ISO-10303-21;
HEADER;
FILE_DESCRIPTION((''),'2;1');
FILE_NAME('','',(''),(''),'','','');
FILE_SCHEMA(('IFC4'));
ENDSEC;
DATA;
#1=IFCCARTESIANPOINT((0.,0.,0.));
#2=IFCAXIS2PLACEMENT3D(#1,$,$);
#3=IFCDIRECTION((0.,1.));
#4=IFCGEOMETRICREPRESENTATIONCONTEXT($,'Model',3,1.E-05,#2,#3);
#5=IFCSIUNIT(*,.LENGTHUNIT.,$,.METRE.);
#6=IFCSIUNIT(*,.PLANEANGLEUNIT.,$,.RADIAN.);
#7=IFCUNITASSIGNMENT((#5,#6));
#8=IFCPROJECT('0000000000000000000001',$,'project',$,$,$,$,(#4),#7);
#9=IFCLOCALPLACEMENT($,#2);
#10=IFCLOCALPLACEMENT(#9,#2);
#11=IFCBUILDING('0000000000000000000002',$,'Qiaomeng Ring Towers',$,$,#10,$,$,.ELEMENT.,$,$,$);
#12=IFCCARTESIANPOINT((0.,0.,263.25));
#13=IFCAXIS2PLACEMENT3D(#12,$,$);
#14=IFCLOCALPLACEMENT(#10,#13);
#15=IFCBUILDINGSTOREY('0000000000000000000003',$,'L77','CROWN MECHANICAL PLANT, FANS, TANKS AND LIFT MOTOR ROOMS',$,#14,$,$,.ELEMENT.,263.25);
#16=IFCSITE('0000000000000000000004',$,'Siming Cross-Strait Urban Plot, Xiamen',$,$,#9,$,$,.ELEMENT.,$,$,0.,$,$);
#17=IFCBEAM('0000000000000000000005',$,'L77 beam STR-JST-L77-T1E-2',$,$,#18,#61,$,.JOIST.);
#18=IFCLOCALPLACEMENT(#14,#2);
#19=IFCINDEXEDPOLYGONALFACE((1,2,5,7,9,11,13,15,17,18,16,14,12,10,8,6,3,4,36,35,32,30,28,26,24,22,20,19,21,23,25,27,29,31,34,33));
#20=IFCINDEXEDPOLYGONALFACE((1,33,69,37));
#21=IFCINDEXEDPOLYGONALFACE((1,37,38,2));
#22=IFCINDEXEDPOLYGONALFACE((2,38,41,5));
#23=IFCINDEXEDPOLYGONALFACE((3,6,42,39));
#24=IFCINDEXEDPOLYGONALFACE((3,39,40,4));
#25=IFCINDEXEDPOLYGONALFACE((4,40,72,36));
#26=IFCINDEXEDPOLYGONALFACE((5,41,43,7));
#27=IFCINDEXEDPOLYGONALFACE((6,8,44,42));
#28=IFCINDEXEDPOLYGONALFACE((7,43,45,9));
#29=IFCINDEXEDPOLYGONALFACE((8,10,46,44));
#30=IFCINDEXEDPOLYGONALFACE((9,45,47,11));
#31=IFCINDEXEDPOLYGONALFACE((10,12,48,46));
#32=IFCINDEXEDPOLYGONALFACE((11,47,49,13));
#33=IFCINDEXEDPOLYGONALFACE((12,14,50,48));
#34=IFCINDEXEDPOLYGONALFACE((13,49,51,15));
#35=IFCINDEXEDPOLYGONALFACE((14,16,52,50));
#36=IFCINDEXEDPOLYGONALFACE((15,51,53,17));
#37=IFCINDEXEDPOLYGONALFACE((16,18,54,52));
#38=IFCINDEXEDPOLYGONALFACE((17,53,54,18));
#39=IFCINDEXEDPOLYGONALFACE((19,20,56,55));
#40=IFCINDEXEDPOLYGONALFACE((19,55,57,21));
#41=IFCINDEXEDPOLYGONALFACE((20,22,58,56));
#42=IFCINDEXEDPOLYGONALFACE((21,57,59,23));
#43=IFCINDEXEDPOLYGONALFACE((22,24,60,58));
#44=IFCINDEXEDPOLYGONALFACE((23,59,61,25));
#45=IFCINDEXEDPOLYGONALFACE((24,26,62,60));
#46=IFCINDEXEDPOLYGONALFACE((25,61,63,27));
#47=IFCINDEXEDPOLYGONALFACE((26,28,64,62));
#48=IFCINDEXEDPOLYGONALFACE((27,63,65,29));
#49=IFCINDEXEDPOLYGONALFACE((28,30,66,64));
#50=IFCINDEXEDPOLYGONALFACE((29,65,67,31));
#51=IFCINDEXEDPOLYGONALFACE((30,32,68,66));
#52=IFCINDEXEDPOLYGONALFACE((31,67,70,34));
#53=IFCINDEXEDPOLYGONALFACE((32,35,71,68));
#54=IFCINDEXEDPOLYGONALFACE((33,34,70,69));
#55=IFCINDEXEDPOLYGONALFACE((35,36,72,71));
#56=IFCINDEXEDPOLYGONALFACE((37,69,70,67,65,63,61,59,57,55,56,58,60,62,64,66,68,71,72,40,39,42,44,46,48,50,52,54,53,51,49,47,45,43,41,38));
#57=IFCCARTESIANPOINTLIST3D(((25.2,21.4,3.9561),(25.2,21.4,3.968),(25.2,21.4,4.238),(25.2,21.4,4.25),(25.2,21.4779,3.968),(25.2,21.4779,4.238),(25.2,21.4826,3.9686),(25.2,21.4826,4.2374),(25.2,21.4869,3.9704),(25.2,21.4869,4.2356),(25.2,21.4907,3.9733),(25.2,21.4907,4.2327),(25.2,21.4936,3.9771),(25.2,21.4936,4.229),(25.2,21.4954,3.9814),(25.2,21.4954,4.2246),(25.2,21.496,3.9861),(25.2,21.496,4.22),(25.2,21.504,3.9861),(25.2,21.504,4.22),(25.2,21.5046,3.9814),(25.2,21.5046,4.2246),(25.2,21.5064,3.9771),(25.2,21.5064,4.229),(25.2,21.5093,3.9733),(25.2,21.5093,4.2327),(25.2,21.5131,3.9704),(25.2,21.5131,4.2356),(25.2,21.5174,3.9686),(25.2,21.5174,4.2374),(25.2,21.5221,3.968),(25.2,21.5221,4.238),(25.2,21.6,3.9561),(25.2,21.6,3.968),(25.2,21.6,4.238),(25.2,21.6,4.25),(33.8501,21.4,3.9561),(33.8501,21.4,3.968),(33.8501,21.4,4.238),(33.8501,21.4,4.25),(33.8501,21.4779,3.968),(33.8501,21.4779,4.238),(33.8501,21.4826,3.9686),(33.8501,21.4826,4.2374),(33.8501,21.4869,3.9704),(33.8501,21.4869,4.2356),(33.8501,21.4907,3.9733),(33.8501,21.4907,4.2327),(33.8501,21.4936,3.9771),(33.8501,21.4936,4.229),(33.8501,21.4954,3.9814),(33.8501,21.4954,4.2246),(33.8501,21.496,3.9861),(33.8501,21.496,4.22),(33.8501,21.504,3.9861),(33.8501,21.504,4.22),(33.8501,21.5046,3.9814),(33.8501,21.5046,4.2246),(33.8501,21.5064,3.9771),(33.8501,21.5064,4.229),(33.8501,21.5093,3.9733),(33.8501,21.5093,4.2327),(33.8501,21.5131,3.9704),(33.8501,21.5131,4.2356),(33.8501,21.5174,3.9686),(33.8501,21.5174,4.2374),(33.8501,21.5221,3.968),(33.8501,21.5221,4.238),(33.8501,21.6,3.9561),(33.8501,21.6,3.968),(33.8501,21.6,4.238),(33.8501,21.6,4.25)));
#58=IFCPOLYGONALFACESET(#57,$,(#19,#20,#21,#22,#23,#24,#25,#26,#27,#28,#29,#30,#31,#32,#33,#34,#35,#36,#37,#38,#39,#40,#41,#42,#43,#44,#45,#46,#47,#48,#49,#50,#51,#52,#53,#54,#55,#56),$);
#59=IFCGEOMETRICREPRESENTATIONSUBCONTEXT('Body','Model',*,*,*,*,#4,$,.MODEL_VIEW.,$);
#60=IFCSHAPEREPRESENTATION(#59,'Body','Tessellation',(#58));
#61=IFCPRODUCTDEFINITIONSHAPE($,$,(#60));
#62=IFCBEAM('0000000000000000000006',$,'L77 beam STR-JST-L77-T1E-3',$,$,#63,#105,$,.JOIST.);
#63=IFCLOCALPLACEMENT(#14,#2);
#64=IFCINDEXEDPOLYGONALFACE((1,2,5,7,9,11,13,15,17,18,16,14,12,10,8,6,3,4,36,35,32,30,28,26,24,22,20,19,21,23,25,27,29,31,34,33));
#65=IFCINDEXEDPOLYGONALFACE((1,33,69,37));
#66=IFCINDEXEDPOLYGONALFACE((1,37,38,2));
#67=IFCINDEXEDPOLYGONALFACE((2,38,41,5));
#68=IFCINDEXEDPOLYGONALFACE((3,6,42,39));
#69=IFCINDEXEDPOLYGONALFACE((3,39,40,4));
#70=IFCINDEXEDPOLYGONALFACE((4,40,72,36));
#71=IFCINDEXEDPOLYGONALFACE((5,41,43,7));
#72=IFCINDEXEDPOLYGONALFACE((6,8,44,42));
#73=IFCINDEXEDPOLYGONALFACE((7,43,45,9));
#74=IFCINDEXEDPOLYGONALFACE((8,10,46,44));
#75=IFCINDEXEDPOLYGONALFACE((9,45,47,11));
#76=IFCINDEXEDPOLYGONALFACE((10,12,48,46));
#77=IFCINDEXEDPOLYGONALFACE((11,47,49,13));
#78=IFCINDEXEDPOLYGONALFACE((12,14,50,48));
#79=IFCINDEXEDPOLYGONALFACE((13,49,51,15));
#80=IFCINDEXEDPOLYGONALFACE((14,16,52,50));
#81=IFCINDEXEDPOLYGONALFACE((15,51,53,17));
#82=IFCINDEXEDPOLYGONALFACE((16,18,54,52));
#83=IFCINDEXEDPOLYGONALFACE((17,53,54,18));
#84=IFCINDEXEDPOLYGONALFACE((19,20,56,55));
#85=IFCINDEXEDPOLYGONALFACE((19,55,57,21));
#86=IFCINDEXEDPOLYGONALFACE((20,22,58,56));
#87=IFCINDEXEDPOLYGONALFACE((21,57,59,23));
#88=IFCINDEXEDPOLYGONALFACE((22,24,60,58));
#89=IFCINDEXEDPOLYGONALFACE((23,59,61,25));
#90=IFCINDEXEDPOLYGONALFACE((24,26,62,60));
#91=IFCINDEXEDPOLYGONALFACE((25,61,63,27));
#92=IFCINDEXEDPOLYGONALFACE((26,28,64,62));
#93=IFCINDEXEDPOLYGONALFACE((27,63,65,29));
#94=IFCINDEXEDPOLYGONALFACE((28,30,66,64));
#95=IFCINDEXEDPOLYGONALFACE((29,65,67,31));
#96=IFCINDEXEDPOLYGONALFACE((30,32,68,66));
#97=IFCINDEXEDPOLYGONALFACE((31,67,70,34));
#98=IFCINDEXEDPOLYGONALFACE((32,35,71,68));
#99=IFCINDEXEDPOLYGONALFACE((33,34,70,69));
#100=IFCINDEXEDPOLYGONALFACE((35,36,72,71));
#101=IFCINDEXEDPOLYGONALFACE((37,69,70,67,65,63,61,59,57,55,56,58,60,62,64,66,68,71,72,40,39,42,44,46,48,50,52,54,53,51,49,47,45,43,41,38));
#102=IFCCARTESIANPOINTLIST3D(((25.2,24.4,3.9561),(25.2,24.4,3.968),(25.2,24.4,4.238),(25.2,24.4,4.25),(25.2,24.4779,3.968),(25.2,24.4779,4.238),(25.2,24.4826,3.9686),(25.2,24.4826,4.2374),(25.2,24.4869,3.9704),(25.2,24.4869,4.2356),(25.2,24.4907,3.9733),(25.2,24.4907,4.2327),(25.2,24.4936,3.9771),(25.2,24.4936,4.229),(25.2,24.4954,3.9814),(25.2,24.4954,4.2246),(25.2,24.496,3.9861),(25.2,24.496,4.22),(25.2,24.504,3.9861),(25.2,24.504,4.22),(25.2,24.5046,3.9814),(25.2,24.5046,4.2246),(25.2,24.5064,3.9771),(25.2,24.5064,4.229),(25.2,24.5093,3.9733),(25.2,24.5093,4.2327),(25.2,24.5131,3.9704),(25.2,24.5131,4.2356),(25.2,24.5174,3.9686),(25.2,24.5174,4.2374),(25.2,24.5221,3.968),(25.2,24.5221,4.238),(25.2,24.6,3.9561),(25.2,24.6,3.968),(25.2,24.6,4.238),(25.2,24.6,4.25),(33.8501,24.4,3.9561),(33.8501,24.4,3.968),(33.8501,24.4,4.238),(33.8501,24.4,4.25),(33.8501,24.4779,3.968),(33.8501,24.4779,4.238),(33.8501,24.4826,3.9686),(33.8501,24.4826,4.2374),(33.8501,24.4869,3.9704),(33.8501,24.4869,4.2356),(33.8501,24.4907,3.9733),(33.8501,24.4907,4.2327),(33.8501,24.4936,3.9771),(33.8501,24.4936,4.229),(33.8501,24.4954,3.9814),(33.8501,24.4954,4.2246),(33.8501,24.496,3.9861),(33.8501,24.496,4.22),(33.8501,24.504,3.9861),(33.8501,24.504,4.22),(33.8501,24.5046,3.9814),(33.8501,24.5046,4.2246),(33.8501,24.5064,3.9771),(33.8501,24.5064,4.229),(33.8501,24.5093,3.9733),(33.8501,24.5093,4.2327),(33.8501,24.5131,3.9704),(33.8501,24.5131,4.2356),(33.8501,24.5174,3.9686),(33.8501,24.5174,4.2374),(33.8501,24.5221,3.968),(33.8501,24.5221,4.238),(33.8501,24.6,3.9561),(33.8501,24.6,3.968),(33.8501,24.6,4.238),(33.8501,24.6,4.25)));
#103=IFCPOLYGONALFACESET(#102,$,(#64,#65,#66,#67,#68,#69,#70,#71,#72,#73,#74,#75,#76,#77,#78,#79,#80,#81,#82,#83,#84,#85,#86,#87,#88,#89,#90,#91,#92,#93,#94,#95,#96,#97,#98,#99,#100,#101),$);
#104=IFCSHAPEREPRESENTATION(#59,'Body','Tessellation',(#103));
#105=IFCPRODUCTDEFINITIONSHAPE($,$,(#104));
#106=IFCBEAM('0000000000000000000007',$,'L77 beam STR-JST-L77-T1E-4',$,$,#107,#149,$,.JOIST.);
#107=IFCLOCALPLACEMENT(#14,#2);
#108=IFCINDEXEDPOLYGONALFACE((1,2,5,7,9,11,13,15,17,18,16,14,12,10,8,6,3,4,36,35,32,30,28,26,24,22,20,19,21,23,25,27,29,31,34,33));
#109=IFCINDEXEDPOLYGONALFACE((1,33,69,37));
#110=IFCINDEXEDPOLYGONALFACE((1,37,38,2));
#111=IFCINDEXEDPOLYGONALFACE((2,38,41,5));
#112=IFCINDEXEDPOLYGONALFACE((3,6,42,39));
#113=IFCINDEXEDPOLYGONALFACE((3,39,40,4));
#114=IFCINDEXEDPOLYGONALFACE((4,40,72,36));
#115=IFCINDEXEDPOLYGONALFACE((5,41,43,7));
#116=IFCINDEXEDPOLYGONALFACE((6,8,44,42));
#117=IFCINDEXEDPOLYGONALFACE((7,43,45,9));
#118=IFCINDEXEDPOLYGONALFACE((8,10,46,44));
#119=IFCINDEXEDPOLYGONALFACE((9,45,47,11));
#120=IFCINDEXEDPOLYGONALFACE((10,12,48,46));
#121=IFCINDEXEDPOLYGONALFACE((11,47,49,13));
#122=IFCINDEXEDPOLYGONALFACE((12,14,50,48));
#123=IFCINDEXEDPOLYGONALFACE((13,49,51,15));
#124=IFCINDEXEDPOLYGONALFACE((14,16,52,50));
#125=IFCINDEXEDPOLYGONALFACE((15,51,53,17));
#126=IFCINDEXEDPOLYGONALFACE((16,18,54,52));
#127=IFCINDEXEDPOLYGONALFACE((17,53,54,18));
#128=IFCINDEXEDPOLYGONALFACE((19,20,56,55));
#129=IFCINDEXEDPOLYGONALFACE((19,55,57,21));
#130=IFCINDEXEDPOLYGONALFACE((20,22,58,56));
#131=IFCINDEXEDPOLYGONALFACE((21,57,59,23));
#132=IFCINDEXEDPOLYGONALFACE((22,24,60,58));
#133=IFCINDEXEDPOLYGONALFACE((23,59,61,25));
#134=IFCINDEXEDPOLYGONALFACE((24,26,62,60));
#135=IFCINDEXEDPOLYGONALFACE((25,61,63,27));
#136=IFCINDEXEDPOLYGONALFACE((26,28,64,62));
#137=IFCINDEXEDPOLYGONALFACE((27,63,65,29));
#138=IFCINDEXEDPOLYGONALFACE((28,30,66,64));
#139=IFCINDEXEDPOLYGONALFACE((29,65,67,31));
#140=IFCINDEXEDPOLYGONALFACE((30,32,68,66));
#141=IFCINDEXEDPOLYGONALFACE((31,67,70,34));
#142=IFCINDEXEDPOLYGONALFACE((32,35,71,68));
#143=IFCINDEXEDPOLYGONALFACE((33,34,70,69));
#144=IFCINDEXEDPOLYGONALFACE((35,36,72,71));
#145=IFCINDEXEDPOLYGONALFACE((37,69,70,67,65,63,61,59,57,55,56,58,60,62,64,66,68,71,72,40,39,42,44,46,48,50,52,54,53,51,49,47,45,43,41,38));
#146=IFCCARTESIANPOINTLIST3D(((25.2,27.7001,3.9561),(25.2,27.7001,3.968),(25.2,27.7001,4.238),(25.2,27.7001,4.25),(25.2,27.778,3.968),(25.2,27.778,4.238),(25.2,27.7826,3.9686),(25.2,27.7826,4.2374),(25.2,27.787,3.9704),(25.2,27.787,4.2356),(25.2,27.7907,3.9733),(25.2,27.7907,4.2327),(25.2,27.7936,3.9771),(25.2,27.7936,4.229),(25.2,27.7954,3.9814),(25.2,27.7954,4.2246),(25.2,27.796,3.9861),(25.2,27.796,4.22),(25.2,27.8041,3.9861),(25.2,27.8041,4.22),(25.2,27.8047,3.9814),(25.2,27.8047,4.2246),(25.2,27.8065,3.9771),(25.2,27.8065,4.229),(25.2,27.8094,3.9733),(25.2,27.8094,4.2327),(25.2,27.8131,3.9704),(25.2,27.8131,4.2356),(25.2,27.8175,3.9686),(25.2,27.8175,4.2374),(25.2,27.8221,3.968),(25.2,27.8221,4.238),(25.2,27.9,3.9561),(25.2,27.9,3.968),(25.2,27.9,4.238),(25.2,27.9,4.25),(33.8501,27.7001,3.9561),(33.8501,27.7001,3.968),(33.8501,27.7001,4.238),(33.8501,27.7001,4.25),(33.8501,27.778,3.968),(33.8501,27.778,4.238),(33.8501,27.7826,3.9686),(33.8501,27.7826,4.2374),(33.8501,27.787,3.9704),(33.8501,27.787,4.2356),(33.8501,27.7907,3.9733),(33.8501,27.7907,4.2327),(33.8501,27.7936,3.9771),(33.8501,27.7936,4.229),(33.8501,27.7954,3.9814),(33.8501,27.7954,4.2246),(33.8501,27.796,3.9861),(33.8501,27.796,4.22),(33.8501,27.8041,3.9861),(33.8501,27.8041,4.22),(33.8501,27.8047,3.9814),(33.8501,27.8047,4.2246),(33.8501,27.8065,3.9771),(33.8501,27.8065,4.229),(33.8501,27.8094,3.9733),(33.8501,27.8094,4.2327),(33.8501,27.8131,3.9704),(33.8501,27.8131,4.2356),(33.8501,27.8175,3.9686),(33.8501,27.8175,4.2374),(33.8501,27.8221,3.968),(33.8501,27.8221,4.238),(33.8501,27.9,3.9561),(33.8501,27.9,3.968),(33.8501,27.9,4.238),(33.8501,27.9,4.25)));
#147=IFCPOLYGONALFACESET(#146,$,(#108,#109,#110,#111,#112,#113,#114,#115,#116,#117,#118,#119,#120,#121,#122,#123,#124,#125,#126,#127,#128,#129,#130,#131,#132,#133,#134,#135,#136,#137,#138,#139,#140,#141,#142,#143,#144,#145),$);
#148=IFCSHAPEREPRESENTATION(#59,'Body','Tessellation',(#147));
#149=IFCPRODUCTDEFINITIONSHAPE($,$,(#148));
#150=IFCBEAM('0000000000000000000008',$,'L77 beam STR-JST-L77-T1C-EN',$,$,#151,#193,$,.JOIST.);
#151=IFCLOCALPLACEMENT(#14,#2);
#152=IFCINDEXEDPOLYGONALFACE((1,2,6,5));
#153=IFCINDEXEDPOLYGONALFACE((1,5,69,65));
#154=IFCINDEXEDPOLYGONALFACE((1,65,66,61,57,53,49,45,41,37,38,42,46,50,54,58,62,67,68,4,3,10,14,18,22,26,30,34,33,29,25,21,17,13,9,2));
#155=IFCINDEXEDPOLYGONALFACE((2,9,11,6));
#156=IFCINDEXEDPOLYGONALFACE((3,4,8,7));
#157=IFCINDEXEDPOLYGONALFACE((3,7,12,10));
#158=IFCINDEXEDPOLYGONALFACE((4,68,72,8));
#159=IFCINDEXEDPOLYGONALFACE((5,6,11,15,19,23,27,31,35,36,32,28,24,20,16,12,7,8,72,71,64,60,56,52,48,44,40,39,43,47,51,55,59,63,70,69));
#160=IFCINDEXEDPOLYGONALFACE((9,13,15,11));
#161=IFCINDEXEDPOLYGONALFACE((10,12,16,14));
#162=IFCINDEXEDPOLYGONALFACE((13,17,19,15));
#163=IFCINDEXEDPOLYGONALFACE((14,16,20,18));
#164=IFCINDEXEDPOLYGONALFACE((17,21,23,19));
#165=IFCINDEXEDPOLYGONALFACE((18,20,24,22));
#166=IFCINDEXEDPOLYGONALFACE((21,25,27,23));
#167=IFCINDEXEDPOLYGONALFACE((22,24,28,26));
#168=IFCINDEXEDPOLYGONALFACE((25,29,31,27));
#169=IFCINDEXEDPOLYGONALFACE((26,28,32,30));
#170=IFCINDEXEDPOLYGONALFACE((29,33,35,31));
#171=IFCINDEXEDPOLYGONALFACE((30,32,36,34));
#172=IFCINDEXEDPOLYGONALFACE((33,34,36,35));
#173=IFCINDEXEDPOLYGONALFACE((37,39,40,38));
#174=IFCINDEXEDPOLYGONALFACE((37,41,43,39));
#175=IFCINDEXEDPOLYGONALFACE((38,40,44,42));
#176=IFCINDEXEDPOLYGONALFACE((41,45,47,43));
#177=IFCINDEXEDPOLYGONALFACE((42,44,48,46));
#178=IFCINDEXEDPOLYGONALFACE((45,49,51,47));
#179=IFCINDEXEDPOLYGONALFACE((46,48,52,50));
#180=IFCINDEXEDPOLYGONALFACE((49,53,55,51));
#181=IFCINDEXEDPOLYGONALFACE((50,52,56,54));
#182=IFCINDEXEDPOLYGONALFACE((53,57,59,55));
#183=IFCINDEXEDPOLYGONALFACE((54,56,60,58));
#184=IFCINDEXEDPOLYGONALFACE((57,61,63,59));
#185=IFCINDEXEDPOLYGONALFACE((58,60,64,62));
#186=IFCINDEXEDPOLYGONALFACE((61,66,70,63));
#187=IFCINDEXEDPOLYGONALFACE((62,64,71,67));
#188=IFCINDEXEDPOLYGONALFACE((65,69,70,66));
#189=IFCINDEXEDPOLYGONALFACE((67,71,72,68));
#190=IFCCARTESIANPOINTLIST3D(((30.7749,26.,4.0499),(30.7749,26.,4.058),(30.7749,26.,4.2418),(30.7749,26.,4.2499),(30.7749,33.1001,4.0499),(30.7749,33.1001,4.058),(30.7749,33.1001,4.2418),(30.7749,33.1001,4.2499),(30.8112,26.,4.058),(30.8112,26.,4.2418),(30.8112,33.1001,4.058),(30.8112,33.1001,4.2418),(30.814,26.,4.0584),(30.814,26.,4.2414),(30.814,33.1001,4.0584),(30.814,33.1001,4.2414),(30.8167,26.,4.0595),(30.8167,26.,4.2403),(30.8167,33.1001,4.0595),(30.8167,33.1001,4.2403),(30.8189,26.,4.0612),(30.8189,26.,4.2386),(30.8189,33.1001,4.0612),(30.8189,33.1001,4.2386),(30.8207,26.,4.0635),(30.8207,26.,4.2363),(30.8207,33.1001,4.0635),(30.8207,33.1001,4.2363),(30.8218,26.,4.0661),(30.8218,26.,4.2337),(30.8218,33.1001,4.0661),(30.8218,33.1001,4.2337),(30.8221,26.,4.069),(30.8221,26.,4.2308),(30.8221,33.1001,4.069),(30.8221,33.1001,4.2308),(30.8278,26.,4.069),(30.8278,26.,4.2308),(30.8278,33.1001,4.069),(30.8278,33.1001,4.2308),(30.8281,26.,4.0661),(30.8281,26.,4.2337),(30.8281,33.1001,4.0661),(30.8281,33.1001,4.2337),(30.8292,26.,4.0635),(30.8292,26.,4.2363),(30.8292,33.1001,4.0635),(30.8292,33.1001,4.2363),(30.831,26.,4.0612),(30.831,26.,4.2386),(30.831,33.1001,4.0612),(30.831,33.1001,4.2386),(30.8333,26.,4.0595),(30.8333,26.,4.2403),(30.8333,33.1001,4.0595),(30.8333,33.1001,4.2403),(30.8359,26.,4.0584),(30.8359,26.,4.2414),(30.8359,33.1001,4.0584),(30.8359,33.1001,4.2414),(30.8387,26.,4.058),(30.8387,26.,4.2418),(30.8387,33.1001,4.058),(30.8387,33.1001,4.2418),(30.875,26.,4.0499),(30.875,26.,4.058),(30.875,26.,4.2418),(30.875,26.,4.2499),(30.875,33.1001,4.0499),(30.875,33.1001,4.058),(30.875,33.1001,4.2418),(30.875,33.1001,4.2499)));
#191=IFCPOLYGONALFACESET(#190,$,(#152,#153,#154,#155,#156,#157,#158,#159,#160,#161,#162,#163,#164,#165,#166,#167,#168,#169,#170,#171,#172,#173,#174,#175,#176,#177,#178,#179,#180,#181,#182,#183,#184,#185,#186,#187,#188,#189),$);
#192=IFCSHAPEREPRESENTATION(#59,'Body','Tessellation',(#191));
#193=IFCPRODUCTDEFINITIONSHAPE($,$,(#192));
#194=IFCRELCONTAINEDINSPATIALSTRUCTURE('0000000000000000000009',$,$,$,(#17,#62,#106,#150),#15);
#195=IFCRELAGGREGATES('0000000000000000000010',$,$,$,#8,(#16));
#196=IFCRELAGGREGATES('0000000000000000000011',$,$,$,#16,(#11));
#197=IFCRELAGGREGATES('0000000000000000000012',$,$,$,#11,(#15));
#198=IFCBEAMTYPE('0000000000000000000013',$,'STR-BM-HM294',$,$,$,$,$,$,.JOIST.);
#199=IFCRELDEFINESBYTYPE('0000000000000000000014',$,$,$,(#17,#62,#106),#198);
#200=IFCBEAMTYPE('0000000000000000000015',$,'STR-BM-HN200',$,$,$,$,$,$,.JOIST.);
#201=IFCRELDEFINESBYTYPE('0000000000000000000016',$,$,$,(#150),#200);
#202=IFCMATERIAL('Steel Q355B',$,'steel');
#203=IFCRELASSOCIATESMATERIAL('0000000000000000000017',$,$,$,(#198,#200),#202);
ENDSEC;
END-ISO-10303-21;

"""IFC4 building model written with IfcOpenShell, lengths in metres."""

from ifc_helpers import new_model, si_unit, direction, frame, origin, origin_2d, place, context, subcontext, project, spatial, i_section, extrude, source, transform, mapped, material, material_profile, profile_set, type_object, element, save


model = new_model("IFC4")

# Units and contexts
model_context = context("Model", 3, precision=1e-05, world=origin(), true_north=direction((0.0, 1.0)))
body_context = subcontext(model_context, "Body", "Model", "MODEL_VIEW")
ifc_project = project(units=[si_unit("LENGTHUNIT", "METRE"), si_unit("PLANEANGLEUNIT", "RADIAN")], contexts=[model_context])

# Site, building, storey
site_placement = place(None, origin())
site = spatial("IfcSite", under=ifc_project, at=site_placement, Name="Siming Cross-Strait Urban Plot, Xiamen", CompositionType="ELEMENT", RefElevation=0.0)
building_placement = place(site_placement, origin())
building = spatial("IfcBuilding", under=site, at=building_placement, Name="Qiaomeng Ring Towers", CompositionType="ELEMENT")
storey_placement = place(building_placement, frame((0.0, 0.0, 263.25)))
storey = spatial("IfcBuildingStorey", under=building, at=storey_placement, Name="L77", Description="CROWN MECHANICAL PLANT, FANS, TANKS AND LIFT MOTOR ROOMS", CompositionType="ELEMENT", Elevation=263.25)

# Beams
ifc_material_1 = material(Name="Steel Q355B", Category="steel")
ifc_material_profile_1 = material_profile(ifc_material_1, i_section(OverallWidth=0.2, OverallDepth=0.2939, WebThickness=0.0081, FlangeThickness=0.012, FilletRadius=0.0181, at=origin_2d()), Name="HM 294x200x8x12")
ifc_profile_set_1 = profile_set([ifc_material_profile_1], Name="Steel Q355B")
beam_type_1 = type_object("IfcBeamType", Name="STR-BM-HM294", PredefinedType="JOIST", material=ifc_profile_set_1)
shared_shape_1 = source(origin(), body_context, "Body", "SweptSolid", [
    extrude(i_section(OverallWidth=0.2, OverallDepth=0.2939, WebThickness=0.0081, FlangeThickness=0.012, FilletRadius=0.0181, at=origin_2d()), origin(), (0.0, 0.0, 1.0), 8.6501),
])
for number, where, z_axis, x_axis, name in (
    (1, (25.2, 21.5, 4.103), (1.0, 0.0, 0.0), (0.0, 1.0, 0.0), "L77 beam STR-JST-L77-T1E-2"),
    (2, (25.2, 24.5, 4.103), (1.0, 0.0, 0.0), (0.0, 1.0, 0.0), "L77 beam STR-JST-L77-T1E-3"),
    (3, (25.2, 27.8, 4.103), (1.0, 0.0, 0.0), (0.0, 1.0, 0.0), "L77 beam STR-JST-L77-T1E-4"),
):
    element("IfcBeam", number, at=place(storey_placement, frame(where, z_axis=z_axis, x_axis=x_axis)), inside=storey, type_object=beam_type_1, Name=name, PredefinedType="JOIST", context=body_context, shape_type="MappedRepresentation", body=[
        mapped(shared_shape_1, transform((0.0, 0.0, 0.0), x_axis=(1.0, 0.0, 0.0), y_axis=(0.0, 1.0, 0.0), z_axis=(0.0, 0.0, 1.0), scale=1.0)),
    ])
ifc_material_profile_2 = material_profile(ifc_material_1, i_section(OverallWidth=0.1001, OverallDepth=0.2, WebThickness=0.0056, FlangeThickness=0.0081, FilletRadius=0.011, at=origin_2d()), Name="HN 200x100x5.5x8")
ifc_profile_set_2 = profile_set([ifc_material_profile_2], Name="Steel Q355B")
beam_type_2 = type_object("IfcBeamType", Name="STR-BM-HN200", PredefinedType="JOIST", material=ifc_profile_set_2)
shared_shape_2 = source(origin(), body_context, "Body", "SweptSolid", [
    extrude(i_section(OverallWidth=0.1001, OverallDepth=0.2, WebThickness=0.0056, FlangeThickness=0.0081, FilletRadius=0.011, at=origin_2d()), origin(), (0.0, 0.0, 1.0), 7.1001),
])
beam_1_placement = place(storey_placement, frame((30.825, 26.0, 4.1499), z_axis=(0.0, 1.0, 0.0), x_axis=(-1.0, 0.0, 0.0)))
element("IfcBeam", 4, at=beam_1_placement, inside=storey, type_object=beam_type_2, Name="L77 beam STR-JST-L77-T1C-EN", PredefinedType="JOIST", context=body_context, shape_type="MappedRepresentation", body=[
    mapped(shared_shape_2, transform((0.0, 0.0, 0.0), x_axis=(1.0, 0.0, 0.0), y_axis=(0.0, 1.0, 0.0), z_axis=(0.0, 0.0, 1.0), scale=1.0)),
])

save(model, "model.ifc")
